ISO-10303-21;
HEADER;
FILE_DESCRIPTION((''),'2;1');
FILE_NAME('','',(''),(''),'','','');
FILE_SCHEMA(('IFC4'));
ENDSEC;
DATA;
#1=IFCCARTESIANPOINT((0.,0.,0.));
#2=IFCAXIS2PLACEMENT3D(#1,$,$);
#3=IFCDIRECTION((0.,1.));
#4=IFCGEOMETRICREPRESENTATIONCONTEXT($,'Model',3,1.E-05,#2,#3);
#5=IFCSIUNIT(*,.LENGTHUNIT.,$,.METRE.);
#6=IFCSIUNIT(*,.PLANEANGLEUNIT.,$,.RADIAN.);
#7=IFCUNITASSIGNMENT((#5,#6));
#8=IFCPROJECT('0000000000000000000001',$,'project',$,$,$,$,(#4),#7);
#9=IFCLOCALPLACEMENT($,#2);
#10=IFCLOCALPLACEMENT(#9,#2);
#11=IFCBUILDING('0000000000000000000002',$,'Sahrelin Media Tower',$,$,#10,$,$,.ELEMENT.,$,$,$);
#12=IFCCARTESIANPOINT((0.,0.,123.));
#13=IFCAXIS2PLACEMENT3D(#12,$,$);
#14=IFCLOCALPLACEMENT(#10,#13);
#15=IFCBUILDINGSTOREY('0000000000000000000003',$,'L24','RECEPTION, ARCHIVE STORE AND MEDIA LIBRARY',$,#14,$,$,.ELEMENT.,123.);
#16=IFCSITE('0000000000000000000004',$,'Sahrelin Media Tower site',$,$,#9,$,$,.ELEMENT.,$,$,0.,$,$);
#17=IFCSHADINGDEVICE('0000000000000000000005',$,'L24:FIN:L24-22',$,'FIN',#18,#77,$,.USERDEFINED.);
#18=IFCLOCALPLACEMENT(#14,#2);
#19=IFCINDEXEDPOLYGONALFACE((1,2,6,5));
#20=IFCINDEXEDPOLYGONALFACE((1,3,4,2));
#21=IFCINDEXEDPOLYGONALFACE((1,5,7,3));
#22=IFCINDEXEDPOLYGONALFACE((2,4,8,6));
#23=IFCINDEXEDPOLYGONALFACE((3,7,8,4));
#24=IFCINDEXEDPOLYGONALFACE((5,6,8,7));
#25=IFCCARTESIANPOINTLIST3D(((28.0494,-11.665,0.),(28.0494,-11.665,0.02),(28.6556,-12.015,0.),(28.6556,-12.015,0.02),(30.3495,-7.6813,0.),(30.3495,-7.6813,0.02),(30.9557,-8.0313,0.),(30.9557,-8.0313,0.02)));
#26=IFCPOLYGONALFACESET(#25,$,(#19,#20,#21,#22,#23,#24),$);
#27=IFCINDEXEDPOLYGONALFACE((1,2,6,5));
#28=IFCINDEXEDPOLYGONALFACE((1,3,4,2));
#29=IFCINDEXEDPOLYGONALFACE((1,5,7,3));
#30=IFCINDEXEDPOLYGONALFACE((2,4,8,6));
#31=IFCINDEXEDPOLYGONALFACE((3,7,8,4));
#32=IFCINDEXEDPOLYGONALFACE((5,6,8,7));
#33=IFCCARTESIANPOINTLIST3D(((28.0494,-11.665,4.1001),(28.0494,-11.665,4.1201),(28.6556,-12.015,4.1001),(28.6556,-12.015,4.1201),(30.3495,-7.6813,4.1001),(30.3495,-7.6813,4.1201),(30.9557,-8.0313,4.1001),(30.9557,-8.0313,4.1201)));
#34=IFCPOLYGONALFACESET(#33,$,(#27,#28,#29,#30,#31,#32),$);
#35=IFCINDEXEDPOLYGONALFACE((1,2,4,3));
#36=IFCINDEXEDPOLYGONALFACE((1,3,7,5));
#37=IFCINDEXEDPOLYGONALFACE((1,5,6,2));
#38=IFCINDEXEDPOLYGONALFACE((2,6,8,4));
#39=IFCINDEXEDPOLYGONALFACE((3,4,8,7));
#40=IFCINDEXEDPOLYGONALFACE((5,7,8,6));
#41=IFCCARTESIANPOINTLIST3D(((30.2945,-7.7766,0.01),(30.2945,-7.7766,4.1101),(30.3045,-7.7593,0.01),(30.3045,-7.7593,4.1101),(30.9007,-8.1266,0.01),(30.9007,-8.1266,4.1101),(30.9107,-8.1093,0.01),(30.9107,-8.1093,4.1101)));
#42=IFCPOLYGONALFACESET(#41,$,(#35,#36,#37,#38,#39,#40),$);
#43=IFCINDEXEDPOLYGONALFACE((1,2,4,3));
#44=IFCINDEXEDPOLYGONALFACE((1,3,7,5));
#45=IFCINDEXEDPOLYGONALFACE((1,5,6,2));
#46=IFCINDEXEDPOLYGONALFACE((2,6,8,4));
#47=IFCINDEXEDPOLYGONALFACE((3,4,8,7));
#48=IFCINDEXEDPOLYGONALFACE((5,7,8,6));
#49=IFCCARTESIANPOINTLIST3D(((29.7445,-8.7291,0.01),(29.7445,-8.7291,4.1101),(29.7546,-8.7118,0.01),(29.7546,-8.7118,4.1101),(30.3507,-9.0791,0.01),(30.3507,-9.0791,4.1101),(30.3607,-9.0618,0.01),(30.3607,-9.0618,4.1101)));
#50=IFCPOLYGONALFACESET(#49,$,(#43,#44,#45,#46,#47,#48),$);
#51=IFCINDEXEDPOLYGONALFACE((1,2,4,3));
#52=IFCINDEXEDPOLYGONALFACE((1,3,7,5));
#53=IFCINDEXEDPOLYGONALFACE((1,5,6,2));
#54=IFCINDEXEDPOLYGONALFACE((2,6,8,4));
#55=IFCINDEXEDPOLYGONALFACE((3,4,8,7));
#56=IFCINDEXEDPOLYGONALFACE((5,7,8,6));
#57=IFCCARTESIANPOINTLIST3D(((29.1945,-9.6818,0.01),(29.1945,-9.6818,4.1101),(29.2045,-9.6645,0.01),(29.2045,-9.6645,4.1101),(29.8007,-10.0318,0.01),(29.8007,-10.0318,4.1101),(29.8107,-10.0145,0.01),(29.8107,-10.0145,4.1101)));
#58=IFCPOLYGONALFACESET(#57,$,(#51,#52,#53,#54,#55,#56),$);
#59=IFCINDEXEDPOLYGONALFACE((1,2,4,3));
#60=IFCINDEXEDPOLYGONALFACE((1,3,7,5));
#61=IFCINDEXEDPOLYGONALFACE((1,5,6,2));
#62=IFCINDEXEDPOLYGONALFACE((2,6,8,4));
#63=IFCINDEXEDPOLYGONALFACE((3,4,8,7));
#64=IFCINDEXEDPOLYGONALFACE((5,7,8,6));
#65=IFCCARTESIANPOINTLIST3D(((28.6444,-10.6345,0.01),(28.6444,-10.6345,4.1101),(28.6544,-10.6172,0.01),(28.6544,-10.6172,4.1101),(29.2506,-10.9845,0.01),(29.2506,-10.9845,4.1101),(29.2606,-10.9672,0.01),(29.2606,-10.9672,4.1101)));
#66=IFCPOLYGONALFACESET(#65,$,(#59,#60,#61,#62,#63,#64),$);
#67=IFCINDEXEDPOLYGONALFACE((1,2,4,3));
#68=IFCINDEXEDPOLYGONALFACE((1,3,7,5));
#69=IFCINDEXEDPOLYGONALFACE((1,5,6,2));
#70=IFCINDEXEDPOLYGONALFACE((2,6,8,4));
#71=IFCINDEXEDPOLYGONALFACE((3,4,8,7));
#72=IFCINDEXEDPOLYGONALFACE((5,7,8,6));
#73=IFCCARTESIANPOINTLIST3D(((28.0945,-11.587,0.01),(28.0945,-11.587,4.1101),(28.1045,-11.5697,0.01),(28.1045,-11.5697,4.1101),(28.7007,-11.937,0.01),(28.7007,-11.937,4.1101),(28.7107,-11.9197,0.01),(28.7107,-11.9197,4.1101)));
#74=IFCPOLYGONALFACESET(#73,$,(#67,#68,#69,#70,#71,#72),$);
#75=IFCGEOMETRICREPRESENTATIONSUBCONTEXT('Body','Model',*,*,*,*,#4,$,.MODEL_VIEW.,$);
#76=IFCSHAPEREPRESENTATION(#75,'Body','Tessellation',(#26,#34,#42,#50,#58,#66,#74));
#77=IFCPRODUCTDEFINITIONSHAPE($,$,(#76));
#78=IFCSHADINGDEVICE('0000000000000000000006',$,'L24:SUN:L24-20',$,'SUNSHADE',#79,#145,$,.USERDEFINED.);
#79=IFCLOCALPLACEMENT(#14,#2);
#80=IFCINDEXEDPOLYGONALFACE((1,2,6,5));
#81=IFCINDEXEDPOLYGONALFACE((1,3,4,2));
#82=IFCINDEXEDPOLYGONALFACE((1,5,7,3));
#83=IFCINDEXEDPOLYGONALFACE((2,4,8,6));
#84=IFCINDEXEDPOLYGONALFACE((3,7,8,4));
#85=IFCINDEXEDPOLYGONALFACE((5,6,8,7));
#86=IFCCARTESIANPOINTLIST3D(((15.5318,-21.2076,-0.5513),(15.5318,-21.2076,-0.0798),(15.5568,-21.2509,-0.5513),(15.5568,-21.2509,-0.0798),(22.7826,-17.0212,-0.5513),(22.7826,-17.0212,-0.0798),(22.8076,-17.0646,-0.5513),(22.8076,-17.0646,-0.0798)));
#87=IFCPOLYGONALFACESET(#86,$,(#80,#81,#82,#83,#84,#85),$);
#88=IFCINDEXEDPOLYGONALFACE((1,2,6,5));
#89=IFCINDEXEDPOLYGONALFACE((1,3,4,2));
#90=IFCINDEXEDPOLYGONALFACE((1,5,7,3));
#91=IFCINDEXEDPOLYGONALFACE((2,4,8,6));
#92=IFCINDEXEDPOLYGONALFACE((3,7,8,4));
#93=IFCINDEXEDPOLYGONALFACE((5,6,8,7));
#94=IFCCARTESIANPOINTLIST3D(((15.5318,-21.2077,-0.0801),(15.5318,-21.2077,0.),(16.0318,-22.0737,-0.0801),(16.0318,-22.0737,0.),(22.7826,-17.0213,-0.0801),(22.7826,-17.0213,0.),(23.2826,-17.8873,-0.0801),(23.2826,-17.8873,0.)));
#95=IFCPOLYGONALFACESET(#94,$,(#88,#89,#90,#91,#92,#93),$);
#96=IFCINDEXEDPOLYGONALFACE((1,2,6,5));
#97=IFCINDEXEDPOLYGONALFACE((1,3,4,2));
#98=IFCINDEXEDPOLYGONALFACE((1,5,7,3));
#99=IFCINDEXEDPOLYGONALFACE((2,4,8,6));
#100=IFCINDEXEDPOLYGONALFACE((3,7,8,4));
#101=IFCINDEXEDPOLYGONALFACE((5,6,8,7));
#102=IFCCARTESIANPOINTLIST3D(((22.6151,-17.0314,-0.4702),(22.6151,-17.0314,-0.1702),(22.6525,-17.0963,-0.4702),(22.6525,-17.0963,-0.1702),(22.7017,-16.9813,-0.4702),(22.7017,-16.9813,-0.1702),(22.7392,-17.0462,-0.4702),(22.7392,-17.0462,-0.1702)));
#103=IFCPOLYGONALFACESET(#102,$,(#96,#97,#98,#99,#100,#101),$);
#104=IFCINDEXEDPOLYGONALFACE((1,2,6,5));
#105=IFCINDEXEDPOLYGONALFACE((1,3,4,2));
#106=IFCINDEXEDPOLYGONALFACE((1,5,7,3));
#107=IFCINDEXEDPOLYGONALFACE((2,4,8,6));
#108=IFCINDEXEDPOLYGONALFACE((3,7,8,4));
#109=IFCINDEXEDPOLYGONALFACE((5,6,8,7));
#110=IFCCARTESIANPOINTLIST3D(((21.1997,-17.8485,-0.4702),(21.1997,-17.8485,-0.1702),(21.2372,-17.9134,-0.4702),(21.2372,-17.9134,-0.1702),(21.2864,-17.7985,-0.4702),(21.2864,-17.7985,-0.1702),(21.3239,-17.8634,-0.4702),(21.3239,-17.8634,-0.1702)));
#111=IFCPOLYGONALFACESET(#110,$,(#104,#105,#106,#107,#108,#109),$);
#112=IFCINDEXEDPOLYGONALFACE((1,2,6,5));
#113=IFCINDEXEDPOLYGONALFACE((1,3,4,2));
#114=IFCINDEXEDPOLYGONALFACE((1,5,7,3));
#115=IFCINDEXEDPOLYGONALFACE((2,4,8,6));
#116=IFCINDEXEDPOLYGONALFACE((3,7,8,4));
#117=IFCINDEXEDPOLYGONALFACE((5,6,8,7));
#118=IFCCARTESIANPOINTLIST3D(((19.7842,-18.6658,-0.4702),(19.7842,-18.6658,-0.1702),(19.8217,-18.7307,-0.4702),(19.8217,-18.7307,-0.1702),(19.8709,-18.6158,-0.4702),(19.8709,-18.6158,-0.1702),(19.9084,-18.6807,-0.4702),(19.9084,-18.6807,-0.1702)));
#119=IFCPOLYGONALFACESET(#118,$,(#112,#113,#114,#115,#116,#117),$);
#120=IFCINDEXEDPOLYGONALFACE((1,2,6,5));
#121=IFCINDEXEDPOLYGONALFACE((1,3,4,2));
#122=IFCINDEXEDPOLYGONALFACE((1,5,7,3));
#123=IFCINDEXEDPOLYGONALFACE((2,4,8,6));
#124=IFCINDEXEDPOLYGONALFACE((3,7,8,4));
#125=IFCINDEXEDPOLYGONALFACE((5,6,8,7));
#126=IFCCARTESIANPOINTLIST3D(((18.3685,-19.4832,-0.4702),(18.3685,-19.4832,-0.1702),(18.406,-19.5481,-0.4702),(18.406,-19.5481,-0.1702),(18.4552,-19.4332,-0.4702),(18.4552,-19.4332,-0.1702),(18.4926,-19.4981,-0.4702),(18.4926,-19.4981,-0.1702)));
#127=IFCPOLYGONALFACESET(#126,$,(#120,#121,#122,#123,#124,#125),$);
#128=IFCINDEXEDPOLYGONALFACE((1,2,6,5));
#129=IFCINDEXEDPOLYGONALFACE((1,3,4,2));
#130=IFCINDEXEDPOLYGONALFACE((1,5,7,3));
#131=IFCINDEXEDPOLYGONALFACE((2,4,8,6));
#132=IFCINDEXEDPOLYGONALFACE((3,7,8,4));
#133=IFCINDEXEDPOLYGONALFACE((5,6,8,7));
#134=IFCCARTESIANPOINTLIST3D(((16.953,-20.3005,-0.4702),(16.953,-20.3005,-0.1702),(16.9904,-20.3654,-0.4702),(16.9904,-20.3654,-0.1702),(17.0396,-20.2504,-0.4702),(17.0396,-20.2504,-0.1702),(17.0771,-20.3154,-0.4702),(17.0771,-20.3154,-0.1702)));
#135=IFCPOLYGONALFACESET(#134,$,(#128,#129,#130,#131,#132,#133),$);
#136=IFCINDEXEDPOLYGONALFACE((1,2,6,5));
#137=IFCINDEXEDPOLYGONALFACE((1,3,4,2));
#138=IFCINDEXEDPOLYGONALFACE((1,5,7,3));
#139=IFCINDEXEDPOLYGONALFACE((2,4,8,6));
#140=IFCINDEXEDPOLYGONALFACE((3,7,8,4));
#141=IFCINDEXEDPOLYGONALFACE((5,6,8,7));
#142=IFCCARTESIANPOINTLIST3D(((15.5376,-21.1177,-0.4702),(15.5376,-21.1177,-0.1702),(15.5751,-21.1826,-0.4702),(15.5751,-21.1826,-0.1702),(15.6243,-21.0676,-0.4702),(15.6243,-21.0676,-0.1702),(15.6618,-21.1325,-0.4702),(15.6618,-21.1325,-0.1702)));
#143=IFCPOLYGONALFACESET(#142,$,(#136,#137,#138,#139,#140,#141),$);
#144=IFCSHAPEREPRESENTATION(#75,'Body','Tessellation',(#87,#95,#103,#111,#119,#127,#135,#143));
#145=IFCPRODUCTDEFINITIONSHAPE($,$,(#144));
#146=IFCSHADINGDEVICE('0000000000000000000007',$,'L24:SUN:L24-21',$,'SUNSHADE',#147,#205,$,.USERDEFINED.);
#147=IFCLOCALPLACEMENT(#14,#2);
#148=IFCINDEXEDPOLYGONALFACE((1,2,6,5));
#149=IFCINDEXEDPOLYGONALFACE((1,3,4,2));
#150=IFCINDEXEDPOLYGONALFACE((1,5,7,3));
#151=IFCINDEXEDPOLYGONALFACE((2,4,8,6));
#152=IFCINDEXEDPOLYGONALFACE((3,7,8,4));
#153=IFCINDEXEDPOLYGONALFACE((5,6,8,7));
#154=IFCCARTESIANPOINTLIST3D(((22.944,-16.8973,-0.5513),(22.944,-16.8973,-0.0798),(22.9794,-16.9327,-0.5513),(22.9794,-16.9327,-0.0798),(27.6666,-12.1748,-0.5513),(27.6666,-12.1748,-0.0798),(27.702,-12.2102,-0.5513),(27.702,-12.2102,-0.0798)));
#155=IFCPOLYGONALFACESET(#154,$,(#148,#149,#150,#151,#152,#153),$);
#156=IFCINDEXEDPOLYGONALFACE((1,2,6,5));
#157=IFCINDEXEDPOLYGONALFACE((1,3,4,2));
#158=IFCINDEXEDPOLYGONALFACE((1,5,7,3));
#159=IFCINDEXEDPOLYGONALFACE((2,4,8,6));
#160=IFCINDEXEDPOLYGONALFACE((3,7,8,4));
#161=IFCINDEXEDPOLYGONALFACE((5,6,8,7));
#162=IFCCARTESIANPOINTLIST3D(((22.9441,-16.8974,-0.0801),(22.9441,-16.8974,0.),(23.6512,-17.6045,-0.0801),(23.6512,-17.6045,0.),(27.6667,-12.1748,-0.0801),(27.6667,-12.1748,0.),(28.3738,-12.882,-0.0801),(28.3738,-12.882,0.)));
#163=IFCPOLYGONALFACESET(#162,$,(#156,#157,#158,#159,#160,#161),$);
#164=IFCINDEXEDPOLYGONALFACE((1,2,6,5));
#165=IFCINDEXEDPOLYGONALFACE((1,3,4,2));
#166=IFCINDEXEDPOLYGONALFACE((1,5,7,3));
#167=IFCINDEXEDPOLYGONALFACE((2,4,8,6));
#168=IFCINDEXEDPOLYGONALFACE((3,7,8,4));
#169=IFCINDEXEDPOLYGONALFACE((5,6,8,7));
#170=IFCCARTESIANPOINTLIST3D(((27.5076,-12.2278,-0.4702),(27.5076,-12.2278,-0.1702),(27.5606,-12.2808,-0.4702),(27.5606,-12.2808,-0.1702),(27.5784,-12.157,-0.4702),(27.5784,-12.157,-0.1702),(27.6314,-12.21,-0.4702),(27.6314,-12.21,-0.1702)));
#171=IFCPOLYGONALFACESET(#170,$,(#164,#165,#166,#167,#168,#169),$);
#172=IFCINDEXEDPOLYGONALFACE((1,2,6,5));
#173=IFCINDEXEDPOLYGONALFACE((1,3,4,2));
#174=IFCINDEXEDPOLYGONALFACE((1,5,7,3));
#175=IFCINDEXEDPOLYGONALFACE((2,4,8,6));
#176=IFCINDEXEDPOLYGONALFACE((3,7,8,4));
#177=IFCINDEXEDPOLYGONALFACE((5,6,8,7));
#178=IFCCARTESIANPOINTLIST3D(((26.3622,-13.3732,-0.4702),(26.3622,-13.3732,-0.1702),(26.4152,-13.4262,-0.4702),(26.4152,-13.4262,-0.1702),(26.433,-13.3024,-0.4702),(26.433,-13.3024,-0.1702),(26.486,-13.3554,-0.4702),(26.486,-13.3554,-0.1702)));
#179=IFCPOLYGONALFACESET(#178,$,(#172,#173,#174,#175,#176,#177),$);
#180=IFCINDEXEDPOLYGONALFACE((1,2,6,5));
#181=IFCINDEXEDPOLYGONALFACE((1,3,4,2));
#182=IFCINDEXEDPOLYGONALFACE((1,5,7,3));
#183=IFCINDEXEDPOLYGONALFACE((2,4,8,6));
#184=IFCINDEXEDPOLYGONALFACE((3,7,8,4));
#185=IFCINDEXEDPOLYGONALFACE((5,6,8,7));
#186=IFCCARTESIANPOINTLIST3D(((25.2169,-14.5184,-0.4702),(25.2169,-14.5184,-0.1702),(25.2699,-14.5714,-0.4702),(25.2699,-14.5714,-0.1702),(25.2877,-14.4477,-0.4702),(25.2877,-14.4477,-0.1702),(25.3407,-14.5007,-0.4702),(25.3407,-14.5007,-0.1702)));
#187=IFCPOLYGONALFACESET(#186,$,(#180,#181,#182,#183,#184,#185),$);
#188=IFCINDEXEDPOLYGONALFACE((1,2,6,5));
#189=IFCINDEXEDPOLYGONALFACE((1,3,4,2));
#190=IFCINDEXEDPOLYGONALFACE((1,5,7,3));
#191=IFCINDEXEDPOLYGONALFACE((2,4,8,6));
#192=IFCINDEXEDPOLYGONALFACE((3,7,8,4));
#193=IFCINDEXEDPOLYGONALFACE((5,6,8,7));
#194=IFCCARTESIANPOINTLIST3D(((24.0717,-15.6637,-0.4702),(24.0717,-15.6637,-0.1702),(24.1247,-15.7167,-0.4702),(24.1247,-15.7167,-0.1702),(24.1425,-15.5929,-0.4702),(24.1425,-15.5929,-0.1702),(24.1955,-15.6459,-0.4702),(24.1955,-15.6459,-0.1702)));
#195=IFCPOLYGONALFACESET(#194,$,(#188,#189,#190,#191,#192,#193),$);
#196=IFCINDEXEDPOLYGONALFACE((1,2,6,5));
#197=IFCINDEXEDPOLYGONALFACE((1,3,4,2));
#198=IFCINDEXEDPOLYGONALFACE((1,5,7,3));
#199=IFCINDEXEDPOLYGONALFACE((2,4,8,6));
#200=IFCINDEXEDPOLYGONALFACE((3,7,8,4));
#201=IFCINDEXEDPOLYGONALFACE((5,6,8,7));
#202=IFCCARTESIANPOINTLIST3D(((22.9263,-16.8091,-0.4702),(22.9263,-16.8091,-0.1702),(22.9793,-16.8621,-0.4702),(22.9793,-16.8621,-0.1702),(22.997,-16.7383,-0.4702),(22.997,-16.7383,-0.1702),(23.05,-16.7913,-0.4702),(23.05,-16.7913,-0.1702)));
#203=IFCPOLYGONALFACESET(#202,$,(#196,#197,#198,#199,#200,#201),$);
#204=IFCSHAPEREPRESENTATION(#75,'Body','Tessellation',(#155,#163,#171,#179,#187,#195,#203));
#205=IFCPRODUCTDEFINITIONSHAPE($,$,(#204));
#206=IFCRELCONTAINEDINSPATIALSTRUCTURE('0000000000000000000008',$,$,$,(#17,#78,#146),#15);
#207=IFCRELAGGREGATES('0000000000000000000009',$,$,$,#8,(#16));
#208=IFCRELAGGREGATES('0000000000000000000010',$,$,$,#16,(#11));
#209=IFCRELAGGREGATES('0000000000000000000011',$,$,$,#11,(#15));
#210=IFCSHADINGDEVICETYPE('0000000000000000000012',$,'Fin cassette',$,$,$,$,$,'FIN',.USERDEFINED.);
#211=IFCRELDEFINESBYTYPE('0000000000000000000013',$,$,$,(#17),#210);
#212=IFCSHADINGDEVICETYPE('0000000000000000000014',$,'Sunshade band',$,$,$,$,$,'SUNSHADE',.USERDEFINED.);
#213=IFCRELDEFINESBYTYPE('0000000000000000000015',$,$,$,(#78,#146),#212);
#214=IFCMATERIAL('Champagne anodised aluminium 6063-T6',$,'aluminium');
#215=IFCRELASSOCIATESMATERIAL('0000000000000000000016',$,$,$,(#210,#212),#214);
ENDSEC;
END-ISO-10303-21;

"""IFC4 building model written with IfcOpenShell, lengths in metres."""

from ifc_helpers import new_model, si_unit, direction, frame, origin, origin_2d, place, context, subcontext, project, spatial, rectangle, extrude, material, type_object, element, save


model = new_model("IFC4")

# Units and contexts
model_context = context("Model", 3, precision=1e-05, world=origin(), true_north=direction((0.0, 1.0)))
body_context = subcontext(model_context, "Body", "Model", "MODEL_VIEW")
ifc_project = project(units=[si_unit("LENGTHUNIT", "METRE"), si_unit("PLANEANGLEUNIT", "RADIAN")], contexts=[model_context])

# Site, building, storey
site_placement = place(None, origin())
site = spatial("IfcSite", under=ifc_project, at=site_placement, Name="Sahrelin Media Tower site", CompositionType="ELEMENT", RefElevation=0.0)
building_placement = place(site_placement, origin())
building = spatial("IfcBuilding", under=site, at=building_placement, Name="Sahrelin Media Tower", CompositionType="ELEMENT")
storey_placement = place(building_placement, frame((0.0, 0.0, 123.0)))
storey = spatial("IfcBuildingStorey", under=building, at=storey_placement, Name="L24", Description="RECEPTION, ARCHIVE STORE AND MEDIA LIBRARY", CompositionType="ELEMENT", Elevation=123.0)

# Shared definitions
ifc_material_1 = material(Name="Champagne anodised aluminium 6063-T6", Category="aluminium")

# Shading devices
shading_device_type_1 = type_object("IfcShadingDeviceType", Name="Fin cassette", ElementType="FIN", PredefinedType="USERDEFINED", material=ifc_material_1)
placement_1 = place(storey_placement, frame((19.1472, -19.0972, 0.0), z_axis=(0.0, 0.0, 1.0), x_axis=(-0.866019, -0.500011, 0.0)))
placement_2 = place(storey_placement, frame((25.2913, -14.522, 0.0), z_axis=(0.0, 0.0, 1.0), x_axis=(-0.707107, -0.707107, 0.0)))
placement_3 = place(storey_placement, frame((29.1389, -9.6382, 0.0), z_axis=(0.0, 0.0, 1.0), x_axis=(-0.500011, -0.866019, 0.0)))
element("IfcShadingDevice", 1, at=placement_3, inside=storey, type_object=shading_device_type_1, Name="L24:FIN:L24-22", ObjectType="FIN", PredefinedType="USERDEFINED", context=body_context, shape_type="SweptSolid", body=[
    extrude(rectangle(XDim=4.6001, YDim=0.7, at=origin_2d()), frame((0.0, 0.4199, 0.0)), (0.0, 0.0, 1.0), 0.02),
    extrude(rectangle(XDim=4.6001, YDim=0.7, at=origin_2d()), frame((0.0, 0.4199, 4.1001)), (0.0, 0.0, 1.0), 0.02),
    extrude(rectangle(XDim=0.02, YDim=0.7, at=origin_2d()), frame((-2.2, 0.4199, 0.01), z_axis=(0.0, 0.0, 1.0), x_axis=(1.0, 0.0, 0.0)), (0.0, 0.0, 1.0), 4.1001),
    extrude(rectangle(XDim=0.02, YDim=0.7, at=origin_2d()), frame((-1.1001, 0.4199, 0.01), z_axis=(0.0, 0.0, 1.0), x_axis=(1.0, 0.0, 0.0)), (0.0, 0.0, 1.0), 4.1001),
    extrude(rectangle(XDim=0.02, YDim=0.7, at=origin_2d()), frame((0.0, 0.4199, 0.01), z_axis=(0.0, 0.0, 1.0), x_axis=(1.0, 0.0, 0.0)), (0.0, 0.0, 1.0), 4.1001),
    extrude(rectangle(XDim=0.02, YDim=0.7, at=origin_2d()), frame((1.1001, 0.4199, 0.01), z_axis=(0.0, 0.0, 1.0), x_axis=(1.0, 0.0, 0.0)), (0.0, 0.0, 1.0), 4.1001),
    extrude(rectangle(XDim=0.02, YDim=0.7, at=origin_2d()), frame((2.2, 0.4199, 0.01), z_axis=(0.0, 0.0, 1.0), x_axis=(1.0, 0.0, 0.0)), (0.0, 0.0, 1.0), 4.1001),
])
shading_device_type_2 = type_object("IfcShadingDeviceType", Name="Sunshade band", ElementType="SUNSHADE", PredefinedType="USERDEFINED", material=ifc_material_1)
element("IfcShadingDevice", 2, at=placement_1, inside=storey, type_object=shading_device_type_2, Name="L24:SUN:L24-20", ObjectType="SUNSHADE", PredefinedType="USERDEFINED", context=body_context, shape_type="SweptSolid", body=[
    extrude(rectangle(XDim=8.3726, YDim=0.05, at=origin_2d()), frame((0.0, 0.0449, -0.5513)), (0.0, 0.0, 1.0), 0.4714),
    extrude(rectangle(XDim=8.3726, YDim=1.0, at=origin_2d()), frame((0.0, 0.52, -0.0801)), (0.0, 0.0, 1.0), 0.0801),
    extrude(rectangle(XDim=0.1001, YDim=0.075, at=origin_2d()), frame((-4.0862, -0.0176, -0.4702)), (0.0, 0.0, 1.0), 0.3),
    extrude(rectangle(XDim=0.1001, YDim=0.075, at=origin_2d()), frame((-2.4519, -0.0176, -0.4702)), (0.0, 0.0, 1.0), 0.3),
    extrude(rectangle(XDim=0.1001, YDim=0.075, at=origin_2d()), frame((-0.8174, -0.0176, -0.4702)), (0.0, 0.0, 1.0), 0.3),
    extrude(rectangle(XDim=0.1001, YDim=0.075, at=origin_2d()), frame((0.8174, -0.0176, -0.4702)), (0.0, 0.0, 1.0), 0.3),
    extrude(rectangle(XDim=0.1001, YDim=0.075, at=origin_2d()), frame((2.4519, -0.0176, -0.4702)), (0.0, 0.0, 1.0), 0.3),
    extrude(rectangle(XDim=0.1001, YDim=0.075, at=origin_2d()), frame((4.0862, -0.0176, -0.4702)), (0.0, 0.0, 1.0), 0.3),
])
element("IfcShadingDevice", 3, at=placement_2, inside=storey, type_object=shading_device_type_2, Name="L24:SUN:L24-21", ObjectType="SUNSHADE", PredefinedType="USERDEFINED", context=body_context, shape_type="SweptSolid", body=[
    extrude(rectangle(XDim=6.6787, YDim=0.05, at=origin_2d()), frame((0.0, 0.0449, -0.5513)), (0.0, 0.0, 1.0), 0.4714),
    extrude(rectangle(XDim=6.6787, YDim=1.0, at=origin_2d()), frame((0.0, 0.52, -0.0801)), (0.0, 0.0, 1.0), 0.0801),
    extrude(rectangle(XDim=0.1001, YDim=0.075, at=origin_2d()), frame((-3.2395, -0.0176, -0.4702)), (0.0, 0.0, 1.0), 0.3),
    extrude(rectangle(XDim=0.1001, YDim=0.075, at=origin_2d()), frame((-1.6196, -0.0176, -0.4702)), (0.0, 0.0, 1.0), 0.3),
    extrude(rectangle(XDim=0.1001, YDim=0.075, at=origin_2d()), frame((0.0, -0.0176, -0.4702)), (0.0, 0.0, 1.0), 0.3),
    extrude(rectangle(XDim=0.1001, YDim=0.075, at=origin_2d()), frame((1.6196, -0.0176, -0.4702)), (0.0, 0.0, 1.0), 0.3),
    extrude(rectangle(XDim=0.1001, YDim=0.075, at=origin_2d()), frame((3.2395, -0.0176, -0.4702)), (0.0, 0.0, 1.0), 0.3),
])

save(model, "model.ifc")
